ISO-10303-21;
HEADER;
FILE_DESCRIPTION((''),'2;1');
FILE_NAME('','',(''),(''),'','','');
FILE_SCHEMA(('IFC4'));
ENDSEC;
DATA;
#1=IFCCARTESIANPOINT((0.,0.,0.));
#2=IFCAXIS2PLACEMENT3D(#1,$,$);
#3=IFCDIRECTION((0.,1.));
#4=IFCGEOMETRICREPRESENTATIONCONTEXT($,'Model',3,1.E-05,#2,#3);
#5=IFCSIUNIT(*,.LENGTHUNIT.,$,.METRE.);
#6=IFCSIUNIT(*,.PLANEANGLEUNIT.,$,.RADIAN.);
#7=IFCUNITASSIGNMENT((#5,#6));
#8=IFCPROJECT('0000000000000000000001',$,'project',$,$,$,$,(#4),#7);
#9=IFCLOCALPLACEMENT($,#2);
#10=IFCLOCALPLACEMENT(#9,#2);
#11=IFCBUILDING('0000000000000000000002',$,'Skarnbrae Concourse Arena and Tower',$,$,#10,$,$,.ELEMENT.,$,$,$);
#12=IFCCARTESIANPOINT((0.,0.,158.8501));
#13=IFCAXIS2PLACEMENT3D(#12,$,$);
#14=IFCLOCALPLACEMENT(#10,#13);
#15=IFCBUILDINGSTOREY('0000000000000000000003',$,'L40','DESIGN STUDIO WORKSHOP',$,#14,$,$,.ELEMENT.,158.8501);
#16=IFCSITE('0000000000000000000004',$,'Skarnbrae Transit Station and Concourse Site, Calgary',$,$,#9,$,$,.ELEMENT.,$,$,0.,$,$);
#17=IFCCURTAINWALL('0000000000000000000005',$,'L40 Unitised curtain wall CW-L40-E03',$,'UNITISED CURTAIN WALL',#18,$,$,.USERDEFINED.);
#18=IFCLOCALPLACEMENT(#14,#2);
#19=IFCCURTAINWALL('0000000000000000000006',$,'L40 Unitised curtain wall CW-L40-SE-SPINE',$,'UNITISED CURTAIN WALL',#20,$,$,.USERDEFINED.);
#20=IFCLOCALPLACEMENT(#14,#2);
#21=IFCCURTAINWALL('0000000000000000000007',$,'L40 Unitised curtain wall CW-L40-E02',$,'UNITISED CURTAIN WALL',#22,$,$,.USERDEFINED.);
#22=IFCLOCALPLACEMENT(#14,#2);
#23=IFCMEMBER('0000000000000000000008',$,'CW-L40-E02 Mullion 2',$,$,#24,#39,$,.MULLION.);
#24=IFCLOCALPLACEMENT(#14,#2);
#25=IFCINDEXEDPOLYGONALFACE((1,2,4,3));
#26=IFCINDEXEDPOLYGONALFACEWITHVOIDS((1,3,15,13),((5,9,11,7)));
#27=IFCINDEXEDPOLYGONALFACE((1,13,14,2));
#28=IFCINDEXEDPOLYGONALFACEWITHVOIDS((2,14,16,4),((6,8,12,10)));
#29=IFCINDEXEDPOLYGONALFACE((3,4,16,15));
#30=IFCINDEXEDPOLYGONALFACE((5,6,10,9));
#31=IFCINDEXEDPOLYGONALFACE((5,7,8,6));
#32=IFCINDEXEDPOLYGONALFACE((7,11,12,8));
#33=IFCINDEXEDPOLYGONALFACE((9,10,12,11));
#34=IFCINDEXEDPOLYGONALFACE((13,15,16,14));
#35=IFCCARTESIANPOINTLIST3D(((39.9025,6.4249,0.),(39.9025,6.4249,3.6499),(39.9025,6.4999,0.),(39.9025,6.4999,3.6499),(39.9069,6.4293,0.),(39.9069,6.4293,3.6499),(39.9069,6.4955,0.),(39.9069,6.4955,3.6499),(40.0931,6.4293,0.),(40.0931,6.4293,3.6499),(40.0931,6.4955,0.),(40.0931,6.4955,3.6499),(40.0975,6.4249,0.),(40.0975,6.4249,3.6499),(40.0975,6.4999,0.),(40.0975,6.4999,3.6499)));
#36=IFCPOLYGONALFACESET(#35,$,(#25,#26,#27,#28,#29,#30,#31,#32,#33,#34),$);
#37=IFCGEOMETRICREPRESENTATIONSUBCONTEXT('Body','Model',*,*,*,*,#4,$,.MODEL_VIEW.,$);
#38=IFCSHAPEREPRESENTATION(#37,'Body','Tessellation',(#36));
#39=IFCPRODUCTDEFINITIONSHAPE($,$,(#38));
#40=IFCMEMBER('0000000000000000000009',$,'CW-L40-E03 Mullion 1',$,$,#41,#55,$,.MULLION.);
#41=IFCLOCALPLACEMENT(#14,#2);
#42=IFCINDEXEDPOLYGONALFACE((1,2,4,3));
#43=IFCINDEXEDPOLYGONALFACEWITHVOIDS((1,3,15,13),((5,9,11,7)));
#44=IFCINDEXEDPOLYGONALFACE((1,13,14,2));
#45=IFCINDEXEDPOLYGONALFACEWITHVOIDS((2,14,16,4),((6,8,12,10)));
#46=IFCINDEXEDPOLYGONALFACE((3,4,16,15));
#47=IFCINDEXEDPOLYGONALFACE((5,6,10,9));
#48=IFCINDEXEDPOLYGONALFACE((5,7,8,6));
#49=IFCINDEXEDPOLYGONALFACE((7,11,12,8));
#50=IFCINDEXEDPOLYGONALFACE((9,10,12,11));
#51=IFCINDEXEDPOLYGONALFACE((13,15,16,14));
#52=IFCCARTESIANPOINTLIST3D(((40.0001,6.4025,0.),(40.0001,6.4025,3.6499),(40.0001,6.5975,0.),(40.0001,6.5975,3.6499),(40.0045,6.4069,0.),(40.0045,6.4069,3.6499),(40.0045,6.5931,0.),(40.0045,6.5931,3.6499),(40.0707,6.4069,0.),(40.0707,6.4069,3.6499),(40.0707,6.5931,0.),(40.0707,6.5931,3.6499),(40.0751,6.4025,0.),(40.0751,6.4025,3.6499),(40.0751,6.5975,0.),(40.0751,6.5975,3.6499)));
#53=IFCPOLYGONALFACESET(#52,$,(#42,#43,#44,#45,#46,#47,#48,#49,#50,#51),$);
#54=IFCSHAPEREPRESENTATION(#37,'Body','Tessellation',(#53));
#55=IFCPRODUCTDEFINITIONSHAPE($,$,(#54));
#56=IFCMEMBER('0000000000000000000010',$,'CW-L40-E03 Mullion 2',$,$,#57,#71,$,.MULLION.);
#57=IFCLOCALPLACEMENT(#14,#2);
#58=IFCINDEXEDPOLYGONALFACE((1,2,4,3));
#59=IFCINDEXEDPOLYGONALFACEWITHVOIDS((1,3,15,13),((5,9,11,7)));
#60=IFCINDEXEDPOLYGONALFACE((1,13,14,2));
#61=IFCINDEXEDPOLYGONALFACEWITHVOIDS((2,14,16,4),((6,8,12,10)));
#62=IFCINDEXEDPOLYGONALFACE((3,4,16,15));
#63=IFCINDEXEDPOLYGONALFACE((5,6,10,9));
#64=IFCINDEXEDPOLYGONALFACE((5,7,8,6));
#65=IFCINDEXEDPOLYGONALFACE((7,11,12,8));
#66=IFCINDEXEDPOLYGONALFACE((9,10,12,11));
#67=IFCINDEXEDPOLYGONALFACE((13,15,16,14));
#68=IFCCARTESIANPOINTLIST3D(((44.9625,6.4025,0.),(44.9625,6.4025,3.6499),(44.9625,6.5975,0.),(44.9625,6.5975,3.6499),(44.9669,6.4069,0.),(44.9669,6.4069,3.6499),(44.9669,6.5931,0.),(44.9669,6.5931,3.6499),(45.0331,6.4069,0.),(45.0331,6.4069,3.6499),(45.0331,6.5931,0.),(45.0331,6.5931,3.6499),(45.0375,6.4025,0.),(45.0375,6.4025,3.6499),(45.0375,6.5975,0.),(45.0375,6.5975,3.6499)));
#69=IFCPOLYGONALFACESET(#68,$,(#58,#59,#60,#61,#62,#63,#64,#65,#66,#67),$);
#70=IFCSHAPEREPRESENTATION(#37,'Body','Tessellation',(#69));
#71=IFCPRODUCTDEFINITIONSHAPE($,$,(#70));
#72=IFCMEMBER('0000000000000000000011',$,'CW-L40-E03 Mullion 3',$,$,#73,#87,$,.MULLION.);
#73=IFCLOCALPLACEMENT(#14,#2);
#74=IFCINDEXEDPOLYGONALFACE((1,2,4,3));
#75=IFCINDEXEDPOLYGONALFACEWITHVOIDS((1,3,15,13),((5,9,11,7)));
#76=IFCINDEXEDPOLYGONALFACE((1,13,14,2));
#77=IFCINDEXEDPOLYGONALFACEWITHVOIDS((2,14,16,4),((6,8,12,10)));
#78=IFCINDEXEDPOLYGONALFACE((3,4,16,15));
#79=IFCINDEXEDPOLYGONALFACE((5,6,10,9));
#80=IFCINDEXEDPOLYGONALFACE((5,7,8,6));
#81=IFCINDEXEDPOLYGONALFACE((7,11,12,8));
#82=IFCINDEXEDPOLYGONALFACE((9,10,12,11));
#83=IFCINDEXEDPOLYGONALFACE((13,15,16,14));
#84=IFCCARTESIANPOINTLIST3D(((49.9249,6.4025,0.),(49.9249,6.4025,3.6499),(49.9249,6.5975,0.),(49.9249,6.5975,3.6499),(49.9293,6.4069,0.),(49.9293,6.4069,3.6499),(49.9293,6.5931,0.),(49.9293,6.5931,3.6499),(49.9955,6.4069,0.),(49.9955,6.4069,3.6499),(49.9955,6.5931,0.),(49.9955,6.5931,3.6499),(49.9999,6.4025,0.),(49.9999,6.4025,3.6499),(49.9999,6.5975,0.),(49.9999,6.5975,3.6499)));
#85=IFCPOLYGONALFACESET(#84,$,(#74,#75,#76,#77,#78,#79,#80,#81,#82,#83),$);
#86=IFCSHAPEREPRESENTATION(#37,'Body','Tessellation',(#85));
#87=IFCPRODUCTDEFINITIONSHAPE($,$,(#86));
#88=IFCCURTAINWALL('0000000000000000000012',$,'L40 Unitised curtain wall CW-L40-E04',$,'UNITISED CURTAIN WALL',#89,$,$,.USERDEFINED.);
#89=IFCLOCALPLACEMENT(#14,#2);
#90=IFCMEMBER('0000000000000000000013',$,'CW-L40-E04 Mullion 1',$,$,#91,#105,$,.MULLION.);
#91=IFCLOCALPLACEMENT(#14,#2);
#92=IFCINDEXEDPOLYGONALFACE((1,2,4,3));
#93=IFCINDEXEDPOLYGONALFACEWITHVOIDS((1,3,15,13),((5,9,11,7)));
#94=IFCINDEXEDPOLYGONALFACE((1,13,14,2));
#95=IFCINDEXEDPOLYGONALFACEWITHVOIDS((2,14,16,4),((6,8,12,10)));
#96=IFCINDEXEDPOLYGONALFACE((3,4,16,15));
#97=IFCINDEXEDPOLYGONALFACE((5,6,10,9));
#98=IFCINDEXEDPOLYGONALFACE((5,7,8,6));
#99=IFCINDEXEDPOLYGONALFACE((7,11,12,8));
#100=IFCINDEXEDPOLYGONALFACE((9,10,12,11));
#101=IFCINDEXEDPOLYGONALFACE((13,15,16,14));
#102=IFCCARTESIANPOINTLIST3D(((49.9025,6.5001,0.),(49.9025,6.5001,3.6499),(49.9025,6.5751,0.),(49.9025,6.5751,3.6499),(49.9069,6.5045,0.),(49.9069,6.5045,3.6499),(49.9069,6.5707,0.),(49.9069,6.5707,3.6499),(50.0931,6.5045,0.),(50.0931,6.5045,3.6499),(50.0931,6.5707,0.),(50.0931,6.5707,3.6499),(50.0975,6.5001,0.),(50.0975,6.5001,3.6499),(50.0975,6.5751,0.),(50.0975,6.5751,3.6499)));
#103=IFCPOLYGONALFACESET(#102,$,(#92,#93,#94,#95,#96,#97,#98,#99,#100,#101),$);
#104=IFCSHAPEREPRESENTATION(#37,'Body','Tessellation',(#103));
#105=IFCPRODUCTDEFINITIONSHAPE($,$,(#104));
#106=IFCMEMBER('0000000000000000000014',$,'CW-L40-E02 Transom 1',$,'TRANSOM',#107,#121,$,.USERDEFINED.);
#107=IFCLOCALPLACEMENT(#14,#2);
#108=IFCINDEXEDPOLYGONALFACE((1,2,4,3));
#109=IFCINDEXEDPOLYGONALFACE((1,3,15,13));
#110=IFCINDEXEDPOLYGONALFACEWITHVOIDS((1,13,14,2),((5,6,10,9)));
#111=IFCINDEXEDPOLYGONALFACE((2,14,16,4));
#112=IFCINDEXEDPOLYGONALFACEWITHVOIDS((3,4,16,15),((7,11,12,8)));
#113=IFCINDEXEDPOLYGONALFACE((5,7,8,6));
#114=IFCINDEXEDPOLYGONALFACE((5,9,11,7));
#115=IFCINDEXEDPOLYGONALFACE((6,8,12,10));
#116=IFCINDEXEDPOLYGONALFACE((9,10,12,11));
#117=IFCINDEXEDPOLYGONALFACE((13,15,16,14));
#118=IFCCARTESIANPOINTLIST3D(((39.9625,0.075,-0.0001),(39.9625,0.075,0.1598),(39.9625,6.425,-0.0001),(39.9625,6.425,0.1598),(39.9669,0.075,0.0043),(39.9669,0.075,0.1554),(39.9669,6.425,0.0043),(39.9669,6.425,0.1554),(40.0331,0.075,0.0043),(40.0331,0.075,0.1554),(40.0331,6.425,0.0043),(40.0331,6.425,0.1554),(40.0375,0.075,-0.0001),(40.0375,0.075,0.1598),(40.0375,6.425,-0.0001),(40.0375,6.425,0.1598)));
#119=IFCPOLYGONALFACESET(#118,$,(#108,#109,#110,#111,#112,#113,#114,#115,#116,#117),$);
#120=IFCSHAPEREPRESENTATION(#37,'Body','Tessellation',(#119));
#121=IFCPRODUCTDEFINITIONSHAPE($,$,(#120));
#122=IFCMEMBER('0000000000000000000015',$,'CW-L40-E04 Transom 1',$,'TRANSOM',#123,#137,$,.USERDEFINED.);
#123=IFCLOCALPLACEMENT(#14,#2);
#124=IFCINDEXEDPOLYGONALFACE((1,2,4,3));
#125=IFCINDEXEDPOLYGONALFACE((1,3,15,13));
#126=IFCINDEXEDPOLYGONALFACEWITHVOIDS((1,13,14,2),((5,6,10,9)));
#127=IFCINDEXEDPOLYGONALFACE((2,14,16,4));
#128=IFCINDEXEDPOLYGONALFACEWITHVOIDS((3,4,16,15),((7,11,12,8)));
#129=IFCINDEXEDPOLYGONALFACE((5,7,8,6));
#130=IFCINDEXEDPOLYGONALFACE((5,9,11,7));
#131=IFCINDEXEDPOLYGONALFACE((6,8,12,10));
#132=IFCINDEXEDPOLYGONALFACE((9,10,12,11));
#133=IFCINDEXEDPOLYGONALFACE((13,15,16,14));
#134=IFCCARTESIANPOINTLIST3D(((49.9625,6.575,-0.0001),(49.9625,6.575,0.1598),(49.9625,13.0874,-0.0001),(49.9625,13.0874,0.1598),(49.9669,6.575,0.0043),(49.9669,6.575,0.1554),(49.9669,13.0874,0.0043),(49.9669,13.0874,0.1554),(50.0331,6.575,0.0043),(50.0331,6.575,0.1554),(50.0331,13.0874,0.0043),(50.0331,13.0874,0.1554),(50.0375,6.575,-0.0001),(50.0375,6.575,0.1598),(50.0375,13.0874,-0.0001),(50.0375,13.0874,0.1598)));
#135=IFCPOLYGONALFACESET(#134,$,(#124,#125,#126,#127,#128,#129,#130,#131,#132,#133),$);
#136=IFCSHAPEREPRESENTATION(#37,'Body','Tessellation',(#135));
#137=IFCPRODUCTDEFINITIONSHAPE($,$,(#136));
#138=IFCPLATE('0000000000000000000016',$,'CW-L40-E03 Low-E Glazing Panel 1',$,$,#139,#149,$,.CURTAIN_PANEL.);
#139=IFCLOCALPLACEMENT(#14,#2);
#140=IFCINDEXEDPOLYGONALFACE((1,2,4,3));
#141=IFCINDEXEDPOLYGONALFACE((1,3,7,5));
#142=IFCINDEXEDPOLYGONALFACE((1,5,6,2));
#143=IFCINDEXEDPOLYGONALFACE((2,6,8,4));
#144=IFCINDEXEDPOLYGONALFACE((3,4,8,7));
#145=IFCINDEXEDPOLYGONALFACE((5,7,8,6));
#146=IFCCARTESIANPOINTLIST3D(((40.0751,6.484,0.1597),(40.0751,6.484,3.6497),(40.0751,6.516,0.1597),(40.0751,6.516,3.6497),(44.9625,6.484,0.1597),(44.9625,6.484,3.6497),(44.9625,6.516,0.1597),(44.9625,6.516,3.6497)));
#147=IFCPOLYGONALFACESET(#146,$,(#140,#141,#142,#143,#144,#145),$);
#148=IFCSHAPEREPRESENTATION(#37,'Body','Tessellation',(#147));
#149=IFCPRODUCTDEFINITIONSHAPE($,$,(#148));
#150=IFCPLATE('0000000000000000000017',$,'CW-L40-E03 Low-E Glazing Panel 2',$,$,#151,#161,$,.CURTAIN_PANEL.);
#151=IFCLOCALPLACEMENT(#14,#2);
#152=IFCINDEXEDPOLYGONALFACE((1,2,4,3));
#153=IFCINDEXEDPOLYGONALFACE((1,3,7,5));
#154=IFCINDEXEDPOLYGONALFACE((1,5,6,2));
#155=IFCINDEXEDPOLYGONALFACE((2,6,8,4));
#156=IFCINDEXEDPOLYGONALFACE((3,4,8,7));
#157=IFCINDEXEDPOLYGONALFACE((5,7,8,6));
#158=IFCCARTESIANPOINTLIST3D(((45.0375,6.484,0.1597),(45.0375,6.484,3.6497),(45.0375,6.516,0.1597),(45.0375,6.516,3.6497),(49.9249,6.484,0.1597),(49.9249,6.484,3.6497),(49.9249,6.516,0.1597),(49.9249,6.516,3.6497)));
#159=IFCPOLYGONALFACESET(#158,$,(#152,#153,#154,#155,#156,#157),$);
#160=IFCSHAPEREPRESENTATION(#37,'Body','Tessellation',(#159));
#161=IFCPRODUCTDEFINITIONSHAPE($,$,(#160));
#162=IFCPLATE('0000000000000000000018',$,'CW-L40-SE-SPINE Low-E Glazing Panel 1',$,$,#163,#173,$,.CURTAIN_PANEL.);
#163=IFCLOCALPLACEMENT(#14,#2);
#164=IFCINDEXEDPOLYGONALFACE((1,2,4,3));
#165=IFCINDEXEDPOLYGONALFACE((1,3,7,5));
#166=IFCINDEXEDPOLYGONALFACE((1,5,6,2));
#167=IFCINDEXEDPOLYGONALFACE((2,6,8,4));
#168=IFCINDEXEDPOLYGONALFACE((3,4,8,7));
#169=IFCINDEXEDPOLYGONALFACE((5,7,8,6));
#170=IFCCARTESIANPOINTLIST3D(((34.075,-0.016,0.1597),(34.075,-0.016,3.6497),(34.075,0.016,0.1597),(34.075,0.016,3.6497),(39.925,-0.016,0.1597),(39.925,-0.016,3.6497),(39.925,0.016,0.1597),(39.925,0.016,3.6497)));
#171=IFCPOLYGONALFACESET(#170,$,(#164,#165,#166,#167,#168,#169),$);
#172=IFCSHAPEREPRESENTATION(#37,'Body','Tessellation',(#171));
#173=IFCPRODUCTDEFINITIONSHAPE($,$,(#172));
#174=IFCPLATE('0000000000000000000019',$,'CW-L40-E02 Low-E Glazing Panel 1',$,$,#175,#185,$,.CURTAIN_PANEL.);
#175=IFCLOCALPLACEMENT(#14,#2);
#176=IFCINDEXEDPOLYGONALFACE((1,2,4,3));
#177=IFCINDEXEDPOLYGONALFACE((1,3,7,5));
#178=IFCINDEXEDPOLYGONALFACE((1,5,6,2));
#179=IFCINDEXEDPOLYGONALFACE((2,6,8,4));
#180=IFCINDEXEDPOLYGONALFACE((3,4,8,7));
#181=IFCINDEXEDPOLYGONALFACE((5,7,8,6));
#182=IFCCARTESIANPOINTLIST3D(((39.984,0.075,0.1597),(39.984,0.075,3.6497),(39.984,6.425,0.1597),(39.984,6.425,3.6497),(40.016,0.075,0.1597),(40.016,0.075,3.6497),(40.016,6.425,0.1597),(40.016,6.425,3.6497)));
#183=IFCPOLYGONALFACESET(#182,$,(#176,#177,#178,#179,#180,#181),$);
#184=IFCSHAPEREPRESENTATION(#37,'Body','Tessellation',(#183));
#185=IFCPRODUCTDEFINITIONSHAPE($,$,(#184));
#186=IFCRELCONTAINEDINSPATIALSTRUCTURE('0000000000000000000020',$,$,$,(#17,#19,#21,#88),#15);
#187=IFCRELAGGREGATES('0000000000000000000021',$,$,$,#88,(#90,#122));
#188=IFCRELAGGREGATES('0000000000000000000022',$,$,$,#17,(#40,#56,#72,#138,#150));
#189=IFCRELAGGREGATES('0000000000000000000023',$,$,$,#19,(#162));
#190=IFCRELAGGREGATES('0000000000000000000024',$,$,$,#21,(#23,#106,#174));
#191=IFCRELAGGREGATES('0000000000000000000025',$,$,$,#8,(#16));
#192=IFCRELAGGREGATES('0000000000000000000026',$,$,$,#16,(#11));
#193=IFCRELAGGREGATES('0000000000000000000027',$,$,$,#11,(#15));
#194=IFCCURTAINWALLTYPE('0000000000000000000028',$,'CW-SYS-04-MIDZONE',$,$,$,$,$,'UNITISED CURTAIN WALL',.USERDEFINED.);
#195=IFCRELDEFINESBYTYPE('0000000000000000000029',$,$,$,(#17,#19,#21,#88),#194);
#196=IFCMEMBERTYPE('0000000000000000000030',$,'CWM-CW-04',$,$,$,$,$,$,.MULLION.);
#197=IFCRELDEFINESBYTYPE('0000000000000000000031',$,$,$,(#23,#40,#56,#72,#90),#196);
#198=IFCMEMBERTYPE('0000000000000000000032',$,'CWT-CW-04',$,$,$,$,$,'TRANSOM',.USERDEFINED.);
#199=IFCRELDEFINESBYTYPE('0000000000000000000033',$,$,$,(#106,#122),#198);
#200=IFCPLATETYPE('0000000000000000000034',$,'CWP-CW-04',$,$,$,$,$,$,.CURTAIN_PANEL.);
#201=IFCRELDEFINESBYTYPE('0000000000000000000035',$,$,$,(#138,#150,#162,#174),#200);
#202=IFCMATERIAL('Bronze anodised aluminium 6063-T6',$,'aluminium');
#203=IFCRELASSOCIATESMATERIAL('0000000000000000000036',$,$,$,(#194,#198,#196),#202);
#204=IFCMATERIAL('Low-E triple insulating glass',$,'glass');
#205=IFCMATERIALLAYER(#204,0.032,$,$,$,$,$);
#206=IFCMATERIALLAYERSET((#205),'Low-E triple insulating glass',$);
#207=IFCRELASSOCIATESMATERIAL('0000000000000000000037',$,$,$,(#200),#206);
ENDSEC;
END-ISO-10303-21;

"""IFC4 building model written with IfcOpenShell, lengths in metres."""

from ifc_helpers import new_model, si_unit, direction, frame, origin, origin_2d, place, context, subcontext, project, spatial, rectangle, hollow_rectangle, extrude, source, transform, mapped, material, layer, layer_set, material_profile, profile_set, type_object, element, aggregate, save


model = new_model("IFC4")

# Units and contexts
model_context = context("Model", 3, precision=1e-05, world=origin(), true_north=direction((0.0, 1.0)))
body_context = subcontext(model_context, "Body", "Model", "MODEL_VIEW")
ifc_project = project(units=[si_unit("LENGTHUNIT", "METRE"), si_unit("PLANEANGLEUNIT", "RADIAN")], contexts=[model_context])

# Site, building, storey
site_placement = place(None, origin())
site = spatial("IfcSite", under=ifc_project, at=site_placement, Name="Skarnbrae Transit Station and Concourse Site, Calgary", CompositionType="ELEMENT", RefElevation=0.0)
building_placement = place(site_placement, origin())
building = spatial("IfcBuilding", under=site, at=building_placement, Name="Skarnbrae Concourse Arena and Tower", CompositionType="ELEMENT")
storey_placement = place(building_placement, frame((0.0, 0.0, 158.8501)))
storey = spatial("IfcBuildingStorey", under=building, at=storey_placement, Name="L40", Description="DESIGN STUDIO WORKSHOP", CompositionType="ELEMENT", Elevation=158.8501)

# Curtain wall
ifc_material_1 = material(Name="Bronze anodised aluminium 6063-T6", Category="aluminium")
curtain_wall_type = type_object("IfcCurtainWallType", Name="CW-SYS-04-MIDZONE", ElementType="UNITISED CURTAIN WALL", PredefinedType="USERDEFINED", material=ifc_material_1)
curtain_wall_1_placement = place(storey_placement, origin())
curtain_wall_1 = element("IfcCurtainWall", 1, at=curtain_wall_1_placement, inside=storey, type_object=curtain_wall_type, Name="L40 Unitised curtain wall CW-L40-E03", ObjectType="UNITISED CURTAIN WALL", PredefinedType="USERDEFINED")
ifc_material_profile_1 = material_profile(ifc_material_1, hollow_rectangle(XDim=0.075, YDim=0.1599, WallThickness=0.0044, at=origin_2d()), Name="ALU-TRAN-75X160")
ifc_profile_set_1 = profile_set([ifc_material_profile_1], Name="Bronze anodised aluminium 6063-T6")
member_type_1 = type_object("IfcMemberType", Name="CWT-CW-04", ElementType="TRANSOM", PredefinedType="USERDEFINED", material=ifc_profile_set_1)

# Curtain wall
curtain_wall_2_placement = place(storey_placement, origin())
curtain_wall_2 = element("IfcCurtainWall", 2, at=curtain_wall_2_placement, inside=storey, type_object=curtain_wall_type, Name="L40 Unitised curtain wall CW-L40-SE-SPINE", ObjectType="UNITISED CURTAIN WALL", PredefinedType="USERDEFINED")
ifc_material_profile_2 = material_profile(ifc_material_1, hollow_rectangle(XDim=0.075, YDim=0.1951, WallThickness=0.0044, at=origin_2d()), Name="ALU-MULL-75X195")
ifc_profile_set_2 = profile_set([ifc_material_profile_2], Name="Bronze anodised aluminium 6063-T6")
member_type_2 = type_object("IfcMemberType", Name="CWM-CW-04", PredefinedType="MULLION", material=ifc_profile_set_2)
shared_shape_1 = source(origin(), body_context, "Body", "SweptSolid", [
    extrude(hollow_rectangle(XDim=0.075, YDim=0.1951, WallThickness=0.0044, at=origin_2d()), origin(), (0.0, 0.0, 1.0), 3.6499),
])

# Curtain wall, member
curtain_wall_3_placement = place(storey_placement, origin())
curtain_wall_3 = element("IfcCurtainWall", 3, at=curtain_wall_3_placement, inside=storey, type_object=curtain_wall_type, Name="L40 Unitised curtain wall CW-L40-E02", ObjectType="UNITISED CURTAIN WALL", PredefinedType="USERDEFINED")
member_1_placement = place(storey_placement, frame((40.0, 6.4624, 0.0), z_axis=(0.0, 0.0, 1.0), x_axis=(0.0, 1.0, 0.0)))
member_1 = element("IfcMember", 4, at=member_1_placement, type_object=member_type_2, Name="CW-L40-E02 Mullion 2", PredefinedType="MULLION", context=body_context, shape_type="MappedRepresentation", body=[
    mapped(shared_shape_1, transform((0.0, 0.0, 0.0))),
])

# Members
member_2_placement = place(storey_placement, frame((40.0376, 6.5, 0.0), z_axis=(0.0, 0.0, 1.0), x_axis=(1.0, 0.0, 0.0)))
member_2 = element("IfcMember", 5, at=member_2_placement, type_object=member_type_2, Name="CW-L40-E03 Mullion 1", PredefinedType="MULLION", context=body_context, shape_type="MappedRepresentation", body=[
    mapped(shared_shape_1, transform((0.0, 0.0, 0.0))),
])
member_3_placement = place(storey_placement, frame((45.0, 6.5, 0.0), z_axis=(0.0, 0.0, 1.0), x_axis=(1.0, 0.0, 0.0)))
member_3 = element("IfcMember", 6, at=member_3_placement, type_object=member_type_2, Name="CW-L40-E03 Mullion 2", PredefinedType="MULLION", context=body_context, shape_type="MappedRepresentation", body=[
    mapped(shared_shape_1, transform((0.0, 0.0, 0.0))),
])
member_4_placement = place(storey_placement, frame((49.9624, 6.5, 0.0), z_axis=(0.0, 0.0, 1.0), x_axis=(1.0, 0.0, 0.0)))
member_4 = element("IfcMember", 7, at=member_4_placement, type_object=member_type_2, Name="CW-L40-E03 Mullion 3", PredefinedType="MULLION", context=body_context, shape_type="MappedRepresentation", body=[
    mapped(shared_shape_1, transform((0.0, 0.0, 0.0))),
])

# Curtain wall, member
curtain_wall_4_placement = place(storey_placement, origin())
curtain_wall_4 = element("IfcCurtainWall", 8, at=curtain_wall_4_placement, inside=storey, type_object=curtain_wall_type, Name="L40 Unitised curtain wall CW-L40-E04", ObjectType="UNITISED CURTAIN WALL", PredefinedType="USERDEFINED")
member_5_placement = place(storey_placement, frame((50.0, 6.5376, 0.0), z_axis=(0.0, 0.0, 1.0), x_axis=(0.0, 1.0, 0.0)))
member_5 = element("IfcMember", 9, at=member_5_placement, type_object=member_type_2, Name="CW-L40-E04 Mullion 1", PredefinedType="MULLION", context=body_context, shape_type="MappedRepresentation", body=[
    mapped(shared_shape_1, transform((0.0, 0.0, 0.0))),
])

# Members
shared_shape_2 = source(origin(), body_context, "Body", "SweptSolid", [
    extrude(hollow_rectangle(XDim=0.075, YDim=0.1599, WallThickness=0.0044, at=origin_2d()), origin(), (0.0, 0.0, 1.0), 6.3501),
])
member_6_placement = place(storey_placement, frame((40.0, 0.075, 0.0798), z_axis=(0.0, 1.0, 0.0), x_axis=(-1.0, 0.0, 0.0)))
member_6 = element("IfcMember", 10, at=member_6_placement, type_object=member_type_1, Name="CW-L40-E02 Transom 1", ObjectType="TRANSOM", PredefinedType="USERDEFINED", context=body_context, shape_type="MappedRepresentation", body=[
    mapped(shared_shape_2, transform((0.0, 0.0, 0.0))),
])
shared_shape_3 = source(origin(), body_context, "Body", "SweptSolid", [
    extrude(hollow_rectangle(XDim=0.075, YDim=0.1599, WallThickness=0.0044, at=origin_2d()), origin(), (0.0, 0.0, 1.0), 6.5125),
])
member_7_placement = place(storey_placement, frame((50.0, 6.575, 0.0798), z_axis=(0.0, 1.0, 0.0), x_axis=(-1.0, 0.0, 0.0)))
member_7 = element("IfcMember", 11, at=member_7_placement, type_object=member_type_1, Name="CW-L40-E04 Transom 1", ObjectType="TRANSOM", PredefinedType="USERDEFINED", context=body_context, shape_type="MappedRepresentation", body=[
    mapped(shared_shape_3, transform((0.0, 0.0, 0.0))),
])
aggregate(curtain_wall_4, [member_5, member_7])

# Plates
ifc_material_2 = material(Name="Low-E triple insulating glass", Category="glass")
ifc_layer = layer(ifc_material_2, 0.032)
ifc_layer_set = layer_set([ifc_layer], Name="Low-E triple insulating glass")
plate_type = type_object("IfcPlateType", Name="CWP-CW-04", PredefinedType="CURTAIN_PANEL", material=ifc_layer_set)
shared_shape_4 = source(origin(), body_context, "Body", "SweptSolid", [
    extrude(rectangle(XDim=4.8875, YDim=0.032, at=origin_2d()), origin(), (0.0, 0.0, 1.0), 3.49),
])
plate_1_placement = place(storey_placement, frame((42.5188, 6.5, 0.1597), z_axis=(0.0, 0.0, 1.0), x_axis=(1.0, 0.0, 0.0)))
plate_1 = element("IfcPlate", 12, at=plate_1_placement, type_object=plate_type, Name="CW-L40-E03 Low-E Glazing Panel 1", PredefinedType="CURTAIN_PANEL", context=body_context, shape_type="MappedRepresentation", body=[
    mapped(shared_shape_4, transform((0.0, 0.0, 0.0))),
])
plate_2_placement = place(storey_placement, frame((47.4812, 6.5, 0.1597), z_axis=(0.0, 0.0, 1.0), x_axis=(1.0, 0.0, 0.0)))
plate_2 = element("IfcPlate", 13, at=plate_2_placement, type_object=plate_type, Name="CW-L40-E03 Low-E Glazing Panel 2", PredefinedType="CURTAIN_PANEL", context=body_context, shape_type="MappedRepresentation", body=[
    mapped(shared_shape_4, transform((0.0, 0.0, 0.0))),
])
aggregate(curtain_wall_1, [member_2, member_3, member_4, plate_1, plate_2])
shared_shape_5 = source(origin(), body_context, "Body", "SweptSolid", [
    extrude(rectangle(XDim=5.8501, YDim=0.032, at=origin_2d()), origin(), (0.0, 0.0, 1.0), 3.49),
])
plate_3_placement = place(storey_placement, frame((37.0, 0.0, 0.1597), z_axis=(0.0, 0.0, 1.0), x_axis=(1.0, 0.0, 0.0)))
plate_3 = element("IfcPlate", 14, at=plate_3_placement, type_object=plate_type, Name="CW-L40-SE-SPINE Low-E Glazing Panel 1", PredefinedType="CURTAIN_PANEL", context=body_context, shape_type="MappedRepresentation", body=[
    mapped(shared_shape_5, transform((0.0, 0.0, 0.0))),
])
aggregate(curtain_wall_2, [plate_3])
shared_shape_6 = source(origin(), body_context, "Body", "SweptSolid", [
    extrude(rectangle(XDim=6.3501, YDim=0.032, at=origin_2d()), origin(), (0.0, 0.0, 1.0), 3.49),
])
plate_4_placement = place(storey_placement, frame((40.0, 3.25, 0.1597), z_axis=(0.0, 0.0, 1.0), x_axis=(0.0, 1.0, 0.0)))
plate_4 = element("IfcPlate", 15, at=plate_4_placement, type_object=plate_type, Name="CW-L40-E02 Low-E Glazing Panel 1", PredefinedType="CURTAIN_PANEL", context=body_context, shape_type="MappedRepresentation", body=[
    mapped(shared_shape_6, transform((0.0, 0.0, 0.0))),
])
aggregate(curtain_wall_3, [member_1, member_6, plate_4])

save(model, "model.ifc")
